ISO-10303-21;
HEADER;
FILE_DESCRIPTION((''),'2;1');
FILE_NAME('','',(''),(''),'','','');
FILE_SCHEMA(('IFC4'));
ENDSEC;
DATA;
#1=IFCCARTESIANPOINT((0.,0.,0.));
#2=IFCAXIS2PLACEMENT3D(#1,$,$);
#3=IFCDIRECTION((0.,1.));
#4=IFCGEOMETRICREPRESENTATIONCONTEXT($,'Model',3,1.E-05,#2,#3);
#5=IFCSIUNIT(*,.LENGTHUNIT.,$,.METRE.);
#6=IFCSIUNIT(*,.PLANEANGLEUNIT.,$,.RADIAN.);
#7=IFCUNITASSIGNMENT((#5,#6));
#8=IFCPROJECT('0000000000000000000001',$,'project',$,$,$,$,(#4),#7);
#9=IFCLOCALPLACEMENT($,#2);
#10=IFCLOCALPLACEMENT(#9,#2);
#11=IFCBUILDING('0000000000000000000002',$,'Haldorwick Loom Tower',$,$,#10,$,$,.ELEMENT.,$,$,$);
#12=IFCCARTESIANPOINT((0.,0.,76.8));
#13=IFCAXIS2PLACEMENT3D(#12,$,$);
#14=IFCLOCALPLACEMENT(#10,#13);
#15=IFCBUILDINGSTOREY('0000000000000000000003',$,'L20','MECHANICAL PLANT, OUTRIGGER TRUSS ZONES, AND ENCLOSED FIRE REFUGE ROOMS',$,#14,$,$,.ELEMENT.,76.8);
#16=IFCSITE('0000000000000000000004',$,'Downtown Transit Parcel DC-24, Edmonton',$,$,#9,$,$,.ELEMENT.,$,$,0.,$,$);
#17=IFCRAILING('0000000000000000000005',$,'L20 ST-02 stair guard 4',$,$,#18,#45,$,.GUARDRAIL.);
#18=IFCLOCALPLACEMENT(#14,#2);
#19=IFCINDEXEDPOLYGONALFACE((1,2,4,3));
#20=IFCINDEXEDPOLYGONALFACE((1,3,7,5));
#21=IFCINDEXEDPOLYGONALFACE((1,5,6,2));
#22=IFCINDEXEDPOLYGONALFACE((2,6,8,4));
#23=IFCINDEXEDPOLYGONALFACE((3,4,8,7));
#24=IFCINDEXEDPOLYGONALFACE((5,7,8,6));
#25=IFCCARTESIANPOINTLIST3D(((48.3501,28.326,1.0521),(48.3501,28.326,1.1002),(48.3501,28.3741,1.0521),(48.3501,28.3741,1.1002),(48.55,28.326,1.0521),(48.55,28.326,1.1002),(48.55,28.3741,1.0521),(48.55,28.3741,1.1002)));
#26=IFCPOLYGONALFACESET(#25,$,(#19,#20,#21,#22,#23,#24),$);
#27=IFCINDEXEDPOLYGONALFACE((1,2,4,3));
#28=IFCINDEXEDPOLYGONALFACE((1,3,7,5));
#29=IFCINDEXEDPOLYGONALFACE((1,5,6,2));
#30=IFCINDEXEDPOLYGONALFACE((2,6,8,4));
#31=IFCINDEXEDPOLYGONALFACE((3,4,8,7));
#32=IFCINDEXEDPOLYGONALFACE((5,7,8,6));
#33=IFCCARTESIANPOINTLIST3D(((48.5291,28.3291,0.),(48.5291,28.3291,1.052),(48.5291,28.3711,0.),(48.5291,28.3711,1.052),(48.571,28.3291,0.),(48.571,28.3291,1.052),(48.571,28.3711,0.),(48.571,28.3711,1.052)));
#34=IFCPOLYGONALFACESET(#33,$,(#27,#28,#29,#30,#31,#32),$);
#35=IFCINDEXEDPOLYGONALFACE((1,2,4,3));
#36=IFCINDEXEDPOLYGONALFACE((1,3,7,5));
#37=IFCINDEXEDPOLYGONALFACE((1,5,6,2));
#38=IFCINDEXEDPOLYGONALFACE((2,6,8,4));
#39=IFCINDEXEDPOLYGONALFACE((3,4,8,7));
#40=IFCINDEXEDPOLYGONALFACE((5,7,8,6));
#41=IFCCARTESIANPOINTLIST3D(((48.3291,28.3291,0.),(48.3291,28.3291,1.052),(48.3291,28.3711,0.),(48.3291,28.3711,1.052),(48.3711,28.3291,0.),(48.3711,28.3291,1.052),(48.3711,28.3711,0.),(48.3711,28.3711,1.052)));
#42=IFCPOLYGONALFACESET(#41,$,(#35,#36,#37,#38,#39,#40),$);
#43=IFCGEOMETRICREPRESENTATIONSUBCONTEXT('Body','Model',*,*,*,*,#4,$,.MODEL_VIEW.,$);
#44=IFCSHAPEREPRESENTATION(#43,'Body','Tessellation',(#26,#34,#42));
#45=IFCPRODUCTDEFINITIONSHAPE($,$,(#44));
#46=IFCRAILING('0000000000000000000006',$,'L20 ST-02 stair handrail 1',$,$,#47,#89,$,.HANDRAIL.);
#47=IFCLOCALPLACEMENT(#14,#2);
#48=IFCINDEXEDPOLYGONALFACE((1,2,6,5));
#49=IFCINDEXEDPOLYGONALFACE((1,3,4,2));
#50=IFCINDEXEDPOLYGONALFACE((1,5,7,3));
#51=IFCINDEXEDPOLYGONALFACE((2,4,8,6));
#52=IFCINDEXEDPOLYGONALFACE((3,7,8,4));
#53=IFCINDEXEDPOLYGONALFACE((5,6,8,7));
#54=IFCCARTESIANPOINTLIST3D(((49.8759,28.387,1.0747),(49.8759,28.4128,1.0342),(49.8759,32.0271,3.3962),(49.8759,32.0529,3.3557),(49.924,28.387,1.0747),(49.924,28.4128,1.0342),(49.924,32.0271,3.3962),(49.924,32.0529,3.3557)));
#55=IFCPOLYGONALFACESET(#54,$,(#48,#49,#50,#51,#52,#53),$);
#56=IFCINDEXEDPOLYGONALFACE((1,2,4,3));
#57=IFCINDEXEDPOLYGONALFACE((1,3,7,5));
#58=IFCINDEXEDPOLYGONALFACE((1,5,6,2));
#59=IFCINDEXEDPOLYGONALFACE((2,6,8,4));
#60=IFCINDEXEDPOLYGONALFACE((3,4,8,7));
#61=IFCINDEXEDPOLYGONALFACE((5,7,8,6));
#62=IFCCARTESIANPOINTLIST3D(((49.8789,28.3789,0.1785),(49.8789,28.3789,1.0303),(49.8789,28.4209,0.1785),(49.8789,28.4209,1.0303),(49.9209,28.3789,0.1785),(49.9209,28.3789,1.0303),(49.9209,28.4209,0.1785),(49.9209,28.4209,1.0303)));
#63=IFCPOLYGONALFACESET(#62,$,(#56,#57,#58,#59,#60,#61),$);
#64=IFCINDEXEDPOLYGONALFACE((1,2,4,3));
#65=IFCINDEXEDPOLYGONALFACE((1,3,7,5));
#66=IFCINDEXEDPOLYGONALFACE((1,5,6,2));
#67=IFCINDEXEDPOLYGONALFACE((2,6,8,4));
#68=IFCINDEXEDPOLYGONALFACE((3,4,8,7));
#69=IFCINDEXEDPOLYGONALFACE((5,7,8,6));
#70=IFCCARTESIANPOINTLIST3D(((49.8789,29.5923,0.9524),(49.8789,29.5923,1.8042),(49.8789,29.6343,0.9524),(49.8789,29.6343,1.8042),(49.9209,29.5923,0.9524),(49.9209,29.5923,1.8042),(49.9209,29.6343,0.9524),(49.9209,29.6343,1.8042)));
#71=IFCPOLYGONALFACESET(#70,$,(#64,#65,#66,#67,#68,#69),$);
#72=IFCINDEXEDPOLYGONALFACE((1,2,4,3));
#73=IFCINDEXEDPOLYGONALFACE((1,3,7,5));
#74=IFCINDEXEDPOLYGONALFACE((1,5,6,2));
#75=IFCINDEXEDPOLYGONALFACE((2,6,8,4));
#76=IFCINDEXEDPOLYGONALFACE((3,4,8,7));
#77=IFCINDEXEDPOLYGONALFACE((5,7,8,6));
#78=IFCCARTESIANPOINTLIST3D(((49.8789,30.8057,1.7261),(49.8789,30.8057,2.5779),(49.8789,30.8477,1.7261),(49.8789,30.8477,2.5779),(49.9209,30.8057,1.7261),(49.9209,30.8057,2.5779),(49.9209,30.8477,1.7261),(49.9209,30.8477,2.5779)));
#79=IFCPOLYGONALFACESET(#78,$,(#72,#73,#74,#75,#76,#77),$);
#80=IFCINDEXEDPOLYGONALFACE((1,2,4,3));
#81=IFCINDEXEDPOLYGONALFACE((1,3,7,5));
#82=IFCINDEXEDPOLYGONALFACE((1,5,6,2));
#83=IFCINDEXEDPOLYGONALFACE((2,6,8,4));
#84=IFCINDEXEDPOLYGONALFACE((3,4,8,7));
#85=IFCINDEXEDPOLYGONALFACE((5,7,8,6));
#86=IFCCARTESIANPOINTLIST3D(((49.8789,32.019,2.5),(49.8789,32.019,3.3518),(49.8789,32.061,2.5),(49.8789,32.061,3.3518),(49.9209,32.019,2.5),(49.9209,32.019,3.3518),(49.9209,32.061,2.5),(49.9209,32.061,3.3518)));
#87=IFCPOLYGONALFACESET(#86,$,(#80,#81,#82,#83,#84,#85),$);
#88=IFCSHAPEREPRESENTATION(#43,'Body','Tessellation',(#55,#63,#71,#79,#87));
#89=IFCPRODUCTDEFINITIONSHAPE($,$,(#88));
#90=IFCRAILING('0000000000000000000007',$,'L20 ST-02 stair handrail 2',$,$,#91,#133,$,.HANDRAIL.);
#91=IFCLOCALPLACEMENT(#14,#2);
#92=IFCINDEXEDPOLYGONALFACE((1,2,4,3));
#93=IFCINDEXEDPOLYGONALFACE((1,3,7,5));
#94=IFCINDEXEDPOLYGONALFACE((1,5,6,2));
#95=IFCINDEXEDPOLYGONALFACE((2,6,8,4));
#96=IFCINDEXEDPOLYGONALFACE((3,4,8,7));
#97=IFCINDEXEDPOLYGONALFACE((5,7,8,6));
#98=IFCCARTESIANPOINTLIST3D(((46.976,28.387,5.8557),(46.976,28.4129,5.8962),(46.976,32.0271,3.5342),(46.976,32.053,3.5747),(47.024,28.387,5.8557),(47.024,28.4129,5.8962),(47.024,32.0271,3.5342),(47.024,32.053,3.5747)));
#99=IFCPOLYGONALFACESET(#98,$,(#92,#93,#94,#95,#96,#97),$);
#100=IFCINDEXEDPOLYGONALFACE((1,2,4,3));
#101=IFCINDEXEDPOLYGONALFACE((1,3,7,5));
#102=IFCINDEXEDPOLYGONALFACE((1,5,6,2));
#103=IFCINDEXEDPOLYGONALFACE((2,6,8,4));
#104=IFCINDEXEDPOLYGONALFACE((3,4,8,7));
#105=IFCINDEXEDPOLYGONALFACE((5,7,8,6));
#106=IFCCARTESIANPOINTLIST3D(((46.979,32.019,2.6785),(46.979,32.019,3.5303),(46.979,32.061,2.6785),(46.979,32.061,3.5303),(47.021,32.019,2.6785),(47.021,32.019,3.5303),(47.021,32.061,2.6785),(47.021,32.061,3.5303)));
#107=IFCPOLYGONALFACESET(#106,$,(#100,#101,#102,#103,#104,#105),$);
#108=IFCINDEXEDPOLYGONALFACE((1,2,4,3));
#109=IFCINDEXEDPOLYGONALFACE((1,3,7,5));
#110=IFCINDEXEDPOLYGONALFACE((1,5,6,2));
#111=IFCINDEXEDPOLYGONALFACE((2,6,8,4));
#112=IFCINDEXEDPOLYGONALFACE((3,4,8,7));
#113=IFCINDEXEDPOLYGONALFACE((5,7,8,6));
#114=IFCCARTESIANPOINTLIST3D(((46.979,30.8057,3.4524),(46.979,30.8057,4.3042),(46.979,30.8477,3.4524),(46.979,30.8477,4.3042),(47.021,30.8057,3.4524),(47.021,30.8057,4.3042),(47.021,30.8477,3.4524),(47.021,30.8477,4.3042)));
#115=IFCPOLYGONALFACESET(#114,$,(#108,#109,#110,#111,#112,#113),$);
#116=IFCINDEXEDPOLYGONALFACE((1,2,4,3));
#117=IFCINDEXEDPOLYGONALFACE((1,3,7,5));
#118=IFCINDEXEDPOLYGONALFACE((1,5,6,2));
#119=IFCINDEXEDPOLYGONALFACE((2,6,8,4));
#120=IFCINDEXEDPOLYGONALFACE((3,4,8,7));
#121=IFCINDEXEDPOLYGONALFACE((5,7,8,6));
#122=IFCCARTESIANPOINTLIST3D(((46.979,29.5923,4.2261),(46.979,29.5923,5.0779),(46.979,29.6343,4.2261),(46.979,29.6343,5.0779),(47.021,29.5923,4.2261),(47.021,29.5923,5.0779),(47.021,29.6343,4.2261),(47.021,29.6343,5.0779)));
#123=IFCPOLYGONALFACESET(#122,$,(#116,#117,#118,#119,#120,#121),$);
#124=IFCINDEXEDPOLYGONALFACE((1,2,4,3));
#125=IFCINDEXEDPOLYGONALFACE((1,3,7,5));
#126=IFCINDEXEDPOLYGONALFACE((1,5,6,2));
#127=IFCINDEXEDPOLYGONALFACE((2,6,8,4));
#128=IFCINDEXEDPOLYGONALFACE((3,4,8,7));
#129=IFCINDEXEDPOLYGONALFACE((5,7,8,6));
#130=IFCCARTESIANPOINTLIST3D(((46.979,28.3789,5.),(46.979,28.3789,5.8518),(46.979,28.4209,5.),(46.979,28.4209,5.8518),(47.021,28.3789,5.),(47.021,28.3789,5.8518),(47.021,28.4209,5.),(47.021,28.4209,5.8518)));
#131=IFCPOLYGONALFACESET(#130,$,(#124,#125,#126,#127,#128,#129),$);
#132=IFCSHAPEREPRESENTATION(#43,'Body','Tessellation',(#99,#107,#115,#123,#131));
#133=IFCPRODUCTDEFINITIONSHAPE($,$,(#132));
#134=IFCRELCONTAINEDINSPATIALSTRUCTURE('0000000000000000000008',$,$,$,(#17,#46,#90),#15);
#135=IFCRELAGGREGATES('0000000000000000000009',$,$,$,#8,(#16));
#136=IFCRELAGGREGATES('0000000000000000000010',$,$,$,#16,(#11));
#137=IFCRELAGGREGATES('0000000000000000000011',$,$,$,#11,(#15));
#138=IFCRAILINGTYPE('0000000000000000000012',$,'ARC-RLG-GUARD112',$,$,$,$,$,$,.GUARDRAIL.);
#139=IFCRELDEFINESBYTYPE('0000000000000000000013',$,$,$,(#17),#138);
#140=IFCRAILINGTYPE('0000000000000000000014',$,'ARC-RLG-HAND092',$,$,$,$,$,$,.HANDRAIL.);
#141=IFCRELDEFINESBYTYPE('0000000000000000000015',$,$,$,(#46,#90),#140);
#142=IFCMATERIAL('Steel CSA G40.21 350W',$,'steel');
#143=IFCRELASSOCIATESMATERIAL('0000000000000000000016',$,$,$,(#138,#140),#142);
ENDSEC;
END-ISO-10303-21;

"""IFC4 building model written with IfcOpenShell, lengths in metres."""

from ifc_helpers import new_model, si_unit, direction, frame, origin, origin_2d, place, context, subcontext, project, spatial, rectangle, extrude, material, type_object, element, save


model = new_model("IFC4")

# Units and contexts
model_context = context("Model", 3, precision=1e-05, world=origin(), true_north=direction((0.0, 1.0)))
body_context = subcontext(model_context, "Body", "Model", "MODEL_VIEW")
ifc_project = project(units=[si_unit("LENGTHUNIT", "METRE"), si_unit("PLANEANGLEUNIT", "RADIAN")], contexts=[model_context])

# Site, building, storey
site_placement = place(None, origin())
site = spatial("IfcSite", under=ifc_project, at=site_placement, Name="Downtown Transit Parcel DC-24, Edmonton", CompositionType="ELEMENT", RefElevation=0.0)
building_placement = place(site_placement, origin())
building = spatial("IfcBuilding", under=site, at=building_placement, Name="Haldorwick Loom Tower", CompositionType="ELEMENT")
storey_placement = place(building_placement, frame((0.0, 0.0, 76.8)))
storey = spatial("IfcBuildingStorey", under=building, at=storey_placement, Name="L20", Description="MECHANICAL PLANT, OUTRIGGER TRUSS ZONES, AND ENCLOSED FIRE REFUGE ROOMS", CompositionType="ELEMENT", Elevation=76.8)

# Shared definitions
ifc_material_1 = material(Name="Steel CSA G40.21 350W", Category="steel")

# Railings
railing_type_1 = type_object("IfcRailingType", Name="ARC-RLG-GUARD112", PredefinedType="GUARDRAIL", material=ifc_material_1)
railing_1_placement = place(storey_placement, frame((48.55, 28.3501, 0.0)))
element("IfcRailing", 1, at=railing_1_placement, inside=storey, type_object=railing_type_1, Name="L20 ST-02 stair guard 4", PredefinedType="GUARDRAIL", context=body_context, shape_type="SweptSolid", body=[
    extrude(rectangle(XDim=0.0481, YDim=0.0481, at=origin_2d()), frame((0.0, 0.0, 1.0762), z_axis=(-1.0, 0.0, 0.0), x_axis=(0.0, -1.0, 0.0)), (0.0, 0.0, 1.0), 0.2),
    extrude(rectangle(XDim=0.042, YDim=0.042, at=origin_2d()), origin(), (0.0, 0.0, 1.0), 1.052),
    extrude(rectangle(XDim=0.042, YDim=0.042, at=origin_2d()), frame((-0.2, 0.0, 0.0)), (0.0, 0.0, 1.0), 1.052),
])
railing_type_2 = type_object("IfcRailingType", Name="ARC-RLG-HAND092", PredefinedType="HANDRAIL", material=ifc_material_1)
railing_2_placement = place(storey_placement, frame((49.8999, 28.3999, 0.1785)))
element("IfcRailing", 2, at=railing_2_placement, inside=storey, type_object=railing_type_2, Name="L20 ST-02 stair handrail 1", PredefinedType="HANDRAIL", context=body_context, shape_type="SweptSolid", body=[
    extrude(rectangle(XDim=0.0481, YDim=0.0481, at=origin_2d()), frame((0.0, 0.0, 0.876), z_axis=(0.0, 0.843128, 0.537713), x_axis=(-1.0, 0.0, 0.0)), (0.0, 0.0, 1.0), 4.3174),
    extrude(rectangle(XDim=0.042, YDim=0.042, at=origin_2d()), origin(), (0.0, 0.0, 1.0), 0.8518),
    extrude(rectangle(XDim=0.042, YDim=0.042, at=origin_2d()), frame((0.0, 1.2134, 0.7739)), (0.0, 0.0, 1.0), 0.8518),
    extrude(rectangle(XDim=0.042, YDim=0.042, at=origin_2d()), frame((0.0, 2.4268, 1.5476)), (0.0, 0.0, 1.0), 0.8518),
    extrude(rectangle(XDim=0.042, YDim=0.042, at=origin_2d()), frame((0.0, 3.6401, 2.3215)), (0.0, 0.0, 1.0), 0.8518),
])
railing_3_placement = place(storey_placement, frame((47.0, 32.04, 2.6785)))
element("IfcRailing", 3, at=railing_3_placement, inside=storey, type_object=railing_type_2, Name="L20 ST-02 stair handrail 2", PredefinedType="HANDRAIL", context=body_context, shape_type="SweptSolid", body=[
    extrude(rectangle(XDim=0.0481, YDim=0.0481, at=origin_2d()), frame((0.0, 0.0, 0.876), z_axis=(0.0, -0.843128, 0.537713), x_axis=(1.0, 0.0, 0.0)), (0.0, 0.0, 1.0), 4.3174),
    extrude(rectangle(XDim=0.042, YDim=0.042, at=origin_2d()), origin(), (0.0, 0.0, 1.0), 0.8518),
    extrude(rectangle(XDim=0.042, YDim=0.042, at=origin_2d()), frame((0.0, -1.2134, 0.7739)), (0.0, 0.0, 1.0), 0.8518),
    extrude(rectangle(XDim=0.042, YDim=0.042, at=origin_2d()), frame((0.0, -2.4268, 1.5476)), (0.0, 0.0, 1.0), 0.8518),
    extrude(rectangle(XDim=0.042, YDim=0.042, at=origin_2d()), frame((0.0, -3.6401, 2.3215)), (0.0, 0.0, 1.0), 0.8518),
])

save(model, "model.ifc")
